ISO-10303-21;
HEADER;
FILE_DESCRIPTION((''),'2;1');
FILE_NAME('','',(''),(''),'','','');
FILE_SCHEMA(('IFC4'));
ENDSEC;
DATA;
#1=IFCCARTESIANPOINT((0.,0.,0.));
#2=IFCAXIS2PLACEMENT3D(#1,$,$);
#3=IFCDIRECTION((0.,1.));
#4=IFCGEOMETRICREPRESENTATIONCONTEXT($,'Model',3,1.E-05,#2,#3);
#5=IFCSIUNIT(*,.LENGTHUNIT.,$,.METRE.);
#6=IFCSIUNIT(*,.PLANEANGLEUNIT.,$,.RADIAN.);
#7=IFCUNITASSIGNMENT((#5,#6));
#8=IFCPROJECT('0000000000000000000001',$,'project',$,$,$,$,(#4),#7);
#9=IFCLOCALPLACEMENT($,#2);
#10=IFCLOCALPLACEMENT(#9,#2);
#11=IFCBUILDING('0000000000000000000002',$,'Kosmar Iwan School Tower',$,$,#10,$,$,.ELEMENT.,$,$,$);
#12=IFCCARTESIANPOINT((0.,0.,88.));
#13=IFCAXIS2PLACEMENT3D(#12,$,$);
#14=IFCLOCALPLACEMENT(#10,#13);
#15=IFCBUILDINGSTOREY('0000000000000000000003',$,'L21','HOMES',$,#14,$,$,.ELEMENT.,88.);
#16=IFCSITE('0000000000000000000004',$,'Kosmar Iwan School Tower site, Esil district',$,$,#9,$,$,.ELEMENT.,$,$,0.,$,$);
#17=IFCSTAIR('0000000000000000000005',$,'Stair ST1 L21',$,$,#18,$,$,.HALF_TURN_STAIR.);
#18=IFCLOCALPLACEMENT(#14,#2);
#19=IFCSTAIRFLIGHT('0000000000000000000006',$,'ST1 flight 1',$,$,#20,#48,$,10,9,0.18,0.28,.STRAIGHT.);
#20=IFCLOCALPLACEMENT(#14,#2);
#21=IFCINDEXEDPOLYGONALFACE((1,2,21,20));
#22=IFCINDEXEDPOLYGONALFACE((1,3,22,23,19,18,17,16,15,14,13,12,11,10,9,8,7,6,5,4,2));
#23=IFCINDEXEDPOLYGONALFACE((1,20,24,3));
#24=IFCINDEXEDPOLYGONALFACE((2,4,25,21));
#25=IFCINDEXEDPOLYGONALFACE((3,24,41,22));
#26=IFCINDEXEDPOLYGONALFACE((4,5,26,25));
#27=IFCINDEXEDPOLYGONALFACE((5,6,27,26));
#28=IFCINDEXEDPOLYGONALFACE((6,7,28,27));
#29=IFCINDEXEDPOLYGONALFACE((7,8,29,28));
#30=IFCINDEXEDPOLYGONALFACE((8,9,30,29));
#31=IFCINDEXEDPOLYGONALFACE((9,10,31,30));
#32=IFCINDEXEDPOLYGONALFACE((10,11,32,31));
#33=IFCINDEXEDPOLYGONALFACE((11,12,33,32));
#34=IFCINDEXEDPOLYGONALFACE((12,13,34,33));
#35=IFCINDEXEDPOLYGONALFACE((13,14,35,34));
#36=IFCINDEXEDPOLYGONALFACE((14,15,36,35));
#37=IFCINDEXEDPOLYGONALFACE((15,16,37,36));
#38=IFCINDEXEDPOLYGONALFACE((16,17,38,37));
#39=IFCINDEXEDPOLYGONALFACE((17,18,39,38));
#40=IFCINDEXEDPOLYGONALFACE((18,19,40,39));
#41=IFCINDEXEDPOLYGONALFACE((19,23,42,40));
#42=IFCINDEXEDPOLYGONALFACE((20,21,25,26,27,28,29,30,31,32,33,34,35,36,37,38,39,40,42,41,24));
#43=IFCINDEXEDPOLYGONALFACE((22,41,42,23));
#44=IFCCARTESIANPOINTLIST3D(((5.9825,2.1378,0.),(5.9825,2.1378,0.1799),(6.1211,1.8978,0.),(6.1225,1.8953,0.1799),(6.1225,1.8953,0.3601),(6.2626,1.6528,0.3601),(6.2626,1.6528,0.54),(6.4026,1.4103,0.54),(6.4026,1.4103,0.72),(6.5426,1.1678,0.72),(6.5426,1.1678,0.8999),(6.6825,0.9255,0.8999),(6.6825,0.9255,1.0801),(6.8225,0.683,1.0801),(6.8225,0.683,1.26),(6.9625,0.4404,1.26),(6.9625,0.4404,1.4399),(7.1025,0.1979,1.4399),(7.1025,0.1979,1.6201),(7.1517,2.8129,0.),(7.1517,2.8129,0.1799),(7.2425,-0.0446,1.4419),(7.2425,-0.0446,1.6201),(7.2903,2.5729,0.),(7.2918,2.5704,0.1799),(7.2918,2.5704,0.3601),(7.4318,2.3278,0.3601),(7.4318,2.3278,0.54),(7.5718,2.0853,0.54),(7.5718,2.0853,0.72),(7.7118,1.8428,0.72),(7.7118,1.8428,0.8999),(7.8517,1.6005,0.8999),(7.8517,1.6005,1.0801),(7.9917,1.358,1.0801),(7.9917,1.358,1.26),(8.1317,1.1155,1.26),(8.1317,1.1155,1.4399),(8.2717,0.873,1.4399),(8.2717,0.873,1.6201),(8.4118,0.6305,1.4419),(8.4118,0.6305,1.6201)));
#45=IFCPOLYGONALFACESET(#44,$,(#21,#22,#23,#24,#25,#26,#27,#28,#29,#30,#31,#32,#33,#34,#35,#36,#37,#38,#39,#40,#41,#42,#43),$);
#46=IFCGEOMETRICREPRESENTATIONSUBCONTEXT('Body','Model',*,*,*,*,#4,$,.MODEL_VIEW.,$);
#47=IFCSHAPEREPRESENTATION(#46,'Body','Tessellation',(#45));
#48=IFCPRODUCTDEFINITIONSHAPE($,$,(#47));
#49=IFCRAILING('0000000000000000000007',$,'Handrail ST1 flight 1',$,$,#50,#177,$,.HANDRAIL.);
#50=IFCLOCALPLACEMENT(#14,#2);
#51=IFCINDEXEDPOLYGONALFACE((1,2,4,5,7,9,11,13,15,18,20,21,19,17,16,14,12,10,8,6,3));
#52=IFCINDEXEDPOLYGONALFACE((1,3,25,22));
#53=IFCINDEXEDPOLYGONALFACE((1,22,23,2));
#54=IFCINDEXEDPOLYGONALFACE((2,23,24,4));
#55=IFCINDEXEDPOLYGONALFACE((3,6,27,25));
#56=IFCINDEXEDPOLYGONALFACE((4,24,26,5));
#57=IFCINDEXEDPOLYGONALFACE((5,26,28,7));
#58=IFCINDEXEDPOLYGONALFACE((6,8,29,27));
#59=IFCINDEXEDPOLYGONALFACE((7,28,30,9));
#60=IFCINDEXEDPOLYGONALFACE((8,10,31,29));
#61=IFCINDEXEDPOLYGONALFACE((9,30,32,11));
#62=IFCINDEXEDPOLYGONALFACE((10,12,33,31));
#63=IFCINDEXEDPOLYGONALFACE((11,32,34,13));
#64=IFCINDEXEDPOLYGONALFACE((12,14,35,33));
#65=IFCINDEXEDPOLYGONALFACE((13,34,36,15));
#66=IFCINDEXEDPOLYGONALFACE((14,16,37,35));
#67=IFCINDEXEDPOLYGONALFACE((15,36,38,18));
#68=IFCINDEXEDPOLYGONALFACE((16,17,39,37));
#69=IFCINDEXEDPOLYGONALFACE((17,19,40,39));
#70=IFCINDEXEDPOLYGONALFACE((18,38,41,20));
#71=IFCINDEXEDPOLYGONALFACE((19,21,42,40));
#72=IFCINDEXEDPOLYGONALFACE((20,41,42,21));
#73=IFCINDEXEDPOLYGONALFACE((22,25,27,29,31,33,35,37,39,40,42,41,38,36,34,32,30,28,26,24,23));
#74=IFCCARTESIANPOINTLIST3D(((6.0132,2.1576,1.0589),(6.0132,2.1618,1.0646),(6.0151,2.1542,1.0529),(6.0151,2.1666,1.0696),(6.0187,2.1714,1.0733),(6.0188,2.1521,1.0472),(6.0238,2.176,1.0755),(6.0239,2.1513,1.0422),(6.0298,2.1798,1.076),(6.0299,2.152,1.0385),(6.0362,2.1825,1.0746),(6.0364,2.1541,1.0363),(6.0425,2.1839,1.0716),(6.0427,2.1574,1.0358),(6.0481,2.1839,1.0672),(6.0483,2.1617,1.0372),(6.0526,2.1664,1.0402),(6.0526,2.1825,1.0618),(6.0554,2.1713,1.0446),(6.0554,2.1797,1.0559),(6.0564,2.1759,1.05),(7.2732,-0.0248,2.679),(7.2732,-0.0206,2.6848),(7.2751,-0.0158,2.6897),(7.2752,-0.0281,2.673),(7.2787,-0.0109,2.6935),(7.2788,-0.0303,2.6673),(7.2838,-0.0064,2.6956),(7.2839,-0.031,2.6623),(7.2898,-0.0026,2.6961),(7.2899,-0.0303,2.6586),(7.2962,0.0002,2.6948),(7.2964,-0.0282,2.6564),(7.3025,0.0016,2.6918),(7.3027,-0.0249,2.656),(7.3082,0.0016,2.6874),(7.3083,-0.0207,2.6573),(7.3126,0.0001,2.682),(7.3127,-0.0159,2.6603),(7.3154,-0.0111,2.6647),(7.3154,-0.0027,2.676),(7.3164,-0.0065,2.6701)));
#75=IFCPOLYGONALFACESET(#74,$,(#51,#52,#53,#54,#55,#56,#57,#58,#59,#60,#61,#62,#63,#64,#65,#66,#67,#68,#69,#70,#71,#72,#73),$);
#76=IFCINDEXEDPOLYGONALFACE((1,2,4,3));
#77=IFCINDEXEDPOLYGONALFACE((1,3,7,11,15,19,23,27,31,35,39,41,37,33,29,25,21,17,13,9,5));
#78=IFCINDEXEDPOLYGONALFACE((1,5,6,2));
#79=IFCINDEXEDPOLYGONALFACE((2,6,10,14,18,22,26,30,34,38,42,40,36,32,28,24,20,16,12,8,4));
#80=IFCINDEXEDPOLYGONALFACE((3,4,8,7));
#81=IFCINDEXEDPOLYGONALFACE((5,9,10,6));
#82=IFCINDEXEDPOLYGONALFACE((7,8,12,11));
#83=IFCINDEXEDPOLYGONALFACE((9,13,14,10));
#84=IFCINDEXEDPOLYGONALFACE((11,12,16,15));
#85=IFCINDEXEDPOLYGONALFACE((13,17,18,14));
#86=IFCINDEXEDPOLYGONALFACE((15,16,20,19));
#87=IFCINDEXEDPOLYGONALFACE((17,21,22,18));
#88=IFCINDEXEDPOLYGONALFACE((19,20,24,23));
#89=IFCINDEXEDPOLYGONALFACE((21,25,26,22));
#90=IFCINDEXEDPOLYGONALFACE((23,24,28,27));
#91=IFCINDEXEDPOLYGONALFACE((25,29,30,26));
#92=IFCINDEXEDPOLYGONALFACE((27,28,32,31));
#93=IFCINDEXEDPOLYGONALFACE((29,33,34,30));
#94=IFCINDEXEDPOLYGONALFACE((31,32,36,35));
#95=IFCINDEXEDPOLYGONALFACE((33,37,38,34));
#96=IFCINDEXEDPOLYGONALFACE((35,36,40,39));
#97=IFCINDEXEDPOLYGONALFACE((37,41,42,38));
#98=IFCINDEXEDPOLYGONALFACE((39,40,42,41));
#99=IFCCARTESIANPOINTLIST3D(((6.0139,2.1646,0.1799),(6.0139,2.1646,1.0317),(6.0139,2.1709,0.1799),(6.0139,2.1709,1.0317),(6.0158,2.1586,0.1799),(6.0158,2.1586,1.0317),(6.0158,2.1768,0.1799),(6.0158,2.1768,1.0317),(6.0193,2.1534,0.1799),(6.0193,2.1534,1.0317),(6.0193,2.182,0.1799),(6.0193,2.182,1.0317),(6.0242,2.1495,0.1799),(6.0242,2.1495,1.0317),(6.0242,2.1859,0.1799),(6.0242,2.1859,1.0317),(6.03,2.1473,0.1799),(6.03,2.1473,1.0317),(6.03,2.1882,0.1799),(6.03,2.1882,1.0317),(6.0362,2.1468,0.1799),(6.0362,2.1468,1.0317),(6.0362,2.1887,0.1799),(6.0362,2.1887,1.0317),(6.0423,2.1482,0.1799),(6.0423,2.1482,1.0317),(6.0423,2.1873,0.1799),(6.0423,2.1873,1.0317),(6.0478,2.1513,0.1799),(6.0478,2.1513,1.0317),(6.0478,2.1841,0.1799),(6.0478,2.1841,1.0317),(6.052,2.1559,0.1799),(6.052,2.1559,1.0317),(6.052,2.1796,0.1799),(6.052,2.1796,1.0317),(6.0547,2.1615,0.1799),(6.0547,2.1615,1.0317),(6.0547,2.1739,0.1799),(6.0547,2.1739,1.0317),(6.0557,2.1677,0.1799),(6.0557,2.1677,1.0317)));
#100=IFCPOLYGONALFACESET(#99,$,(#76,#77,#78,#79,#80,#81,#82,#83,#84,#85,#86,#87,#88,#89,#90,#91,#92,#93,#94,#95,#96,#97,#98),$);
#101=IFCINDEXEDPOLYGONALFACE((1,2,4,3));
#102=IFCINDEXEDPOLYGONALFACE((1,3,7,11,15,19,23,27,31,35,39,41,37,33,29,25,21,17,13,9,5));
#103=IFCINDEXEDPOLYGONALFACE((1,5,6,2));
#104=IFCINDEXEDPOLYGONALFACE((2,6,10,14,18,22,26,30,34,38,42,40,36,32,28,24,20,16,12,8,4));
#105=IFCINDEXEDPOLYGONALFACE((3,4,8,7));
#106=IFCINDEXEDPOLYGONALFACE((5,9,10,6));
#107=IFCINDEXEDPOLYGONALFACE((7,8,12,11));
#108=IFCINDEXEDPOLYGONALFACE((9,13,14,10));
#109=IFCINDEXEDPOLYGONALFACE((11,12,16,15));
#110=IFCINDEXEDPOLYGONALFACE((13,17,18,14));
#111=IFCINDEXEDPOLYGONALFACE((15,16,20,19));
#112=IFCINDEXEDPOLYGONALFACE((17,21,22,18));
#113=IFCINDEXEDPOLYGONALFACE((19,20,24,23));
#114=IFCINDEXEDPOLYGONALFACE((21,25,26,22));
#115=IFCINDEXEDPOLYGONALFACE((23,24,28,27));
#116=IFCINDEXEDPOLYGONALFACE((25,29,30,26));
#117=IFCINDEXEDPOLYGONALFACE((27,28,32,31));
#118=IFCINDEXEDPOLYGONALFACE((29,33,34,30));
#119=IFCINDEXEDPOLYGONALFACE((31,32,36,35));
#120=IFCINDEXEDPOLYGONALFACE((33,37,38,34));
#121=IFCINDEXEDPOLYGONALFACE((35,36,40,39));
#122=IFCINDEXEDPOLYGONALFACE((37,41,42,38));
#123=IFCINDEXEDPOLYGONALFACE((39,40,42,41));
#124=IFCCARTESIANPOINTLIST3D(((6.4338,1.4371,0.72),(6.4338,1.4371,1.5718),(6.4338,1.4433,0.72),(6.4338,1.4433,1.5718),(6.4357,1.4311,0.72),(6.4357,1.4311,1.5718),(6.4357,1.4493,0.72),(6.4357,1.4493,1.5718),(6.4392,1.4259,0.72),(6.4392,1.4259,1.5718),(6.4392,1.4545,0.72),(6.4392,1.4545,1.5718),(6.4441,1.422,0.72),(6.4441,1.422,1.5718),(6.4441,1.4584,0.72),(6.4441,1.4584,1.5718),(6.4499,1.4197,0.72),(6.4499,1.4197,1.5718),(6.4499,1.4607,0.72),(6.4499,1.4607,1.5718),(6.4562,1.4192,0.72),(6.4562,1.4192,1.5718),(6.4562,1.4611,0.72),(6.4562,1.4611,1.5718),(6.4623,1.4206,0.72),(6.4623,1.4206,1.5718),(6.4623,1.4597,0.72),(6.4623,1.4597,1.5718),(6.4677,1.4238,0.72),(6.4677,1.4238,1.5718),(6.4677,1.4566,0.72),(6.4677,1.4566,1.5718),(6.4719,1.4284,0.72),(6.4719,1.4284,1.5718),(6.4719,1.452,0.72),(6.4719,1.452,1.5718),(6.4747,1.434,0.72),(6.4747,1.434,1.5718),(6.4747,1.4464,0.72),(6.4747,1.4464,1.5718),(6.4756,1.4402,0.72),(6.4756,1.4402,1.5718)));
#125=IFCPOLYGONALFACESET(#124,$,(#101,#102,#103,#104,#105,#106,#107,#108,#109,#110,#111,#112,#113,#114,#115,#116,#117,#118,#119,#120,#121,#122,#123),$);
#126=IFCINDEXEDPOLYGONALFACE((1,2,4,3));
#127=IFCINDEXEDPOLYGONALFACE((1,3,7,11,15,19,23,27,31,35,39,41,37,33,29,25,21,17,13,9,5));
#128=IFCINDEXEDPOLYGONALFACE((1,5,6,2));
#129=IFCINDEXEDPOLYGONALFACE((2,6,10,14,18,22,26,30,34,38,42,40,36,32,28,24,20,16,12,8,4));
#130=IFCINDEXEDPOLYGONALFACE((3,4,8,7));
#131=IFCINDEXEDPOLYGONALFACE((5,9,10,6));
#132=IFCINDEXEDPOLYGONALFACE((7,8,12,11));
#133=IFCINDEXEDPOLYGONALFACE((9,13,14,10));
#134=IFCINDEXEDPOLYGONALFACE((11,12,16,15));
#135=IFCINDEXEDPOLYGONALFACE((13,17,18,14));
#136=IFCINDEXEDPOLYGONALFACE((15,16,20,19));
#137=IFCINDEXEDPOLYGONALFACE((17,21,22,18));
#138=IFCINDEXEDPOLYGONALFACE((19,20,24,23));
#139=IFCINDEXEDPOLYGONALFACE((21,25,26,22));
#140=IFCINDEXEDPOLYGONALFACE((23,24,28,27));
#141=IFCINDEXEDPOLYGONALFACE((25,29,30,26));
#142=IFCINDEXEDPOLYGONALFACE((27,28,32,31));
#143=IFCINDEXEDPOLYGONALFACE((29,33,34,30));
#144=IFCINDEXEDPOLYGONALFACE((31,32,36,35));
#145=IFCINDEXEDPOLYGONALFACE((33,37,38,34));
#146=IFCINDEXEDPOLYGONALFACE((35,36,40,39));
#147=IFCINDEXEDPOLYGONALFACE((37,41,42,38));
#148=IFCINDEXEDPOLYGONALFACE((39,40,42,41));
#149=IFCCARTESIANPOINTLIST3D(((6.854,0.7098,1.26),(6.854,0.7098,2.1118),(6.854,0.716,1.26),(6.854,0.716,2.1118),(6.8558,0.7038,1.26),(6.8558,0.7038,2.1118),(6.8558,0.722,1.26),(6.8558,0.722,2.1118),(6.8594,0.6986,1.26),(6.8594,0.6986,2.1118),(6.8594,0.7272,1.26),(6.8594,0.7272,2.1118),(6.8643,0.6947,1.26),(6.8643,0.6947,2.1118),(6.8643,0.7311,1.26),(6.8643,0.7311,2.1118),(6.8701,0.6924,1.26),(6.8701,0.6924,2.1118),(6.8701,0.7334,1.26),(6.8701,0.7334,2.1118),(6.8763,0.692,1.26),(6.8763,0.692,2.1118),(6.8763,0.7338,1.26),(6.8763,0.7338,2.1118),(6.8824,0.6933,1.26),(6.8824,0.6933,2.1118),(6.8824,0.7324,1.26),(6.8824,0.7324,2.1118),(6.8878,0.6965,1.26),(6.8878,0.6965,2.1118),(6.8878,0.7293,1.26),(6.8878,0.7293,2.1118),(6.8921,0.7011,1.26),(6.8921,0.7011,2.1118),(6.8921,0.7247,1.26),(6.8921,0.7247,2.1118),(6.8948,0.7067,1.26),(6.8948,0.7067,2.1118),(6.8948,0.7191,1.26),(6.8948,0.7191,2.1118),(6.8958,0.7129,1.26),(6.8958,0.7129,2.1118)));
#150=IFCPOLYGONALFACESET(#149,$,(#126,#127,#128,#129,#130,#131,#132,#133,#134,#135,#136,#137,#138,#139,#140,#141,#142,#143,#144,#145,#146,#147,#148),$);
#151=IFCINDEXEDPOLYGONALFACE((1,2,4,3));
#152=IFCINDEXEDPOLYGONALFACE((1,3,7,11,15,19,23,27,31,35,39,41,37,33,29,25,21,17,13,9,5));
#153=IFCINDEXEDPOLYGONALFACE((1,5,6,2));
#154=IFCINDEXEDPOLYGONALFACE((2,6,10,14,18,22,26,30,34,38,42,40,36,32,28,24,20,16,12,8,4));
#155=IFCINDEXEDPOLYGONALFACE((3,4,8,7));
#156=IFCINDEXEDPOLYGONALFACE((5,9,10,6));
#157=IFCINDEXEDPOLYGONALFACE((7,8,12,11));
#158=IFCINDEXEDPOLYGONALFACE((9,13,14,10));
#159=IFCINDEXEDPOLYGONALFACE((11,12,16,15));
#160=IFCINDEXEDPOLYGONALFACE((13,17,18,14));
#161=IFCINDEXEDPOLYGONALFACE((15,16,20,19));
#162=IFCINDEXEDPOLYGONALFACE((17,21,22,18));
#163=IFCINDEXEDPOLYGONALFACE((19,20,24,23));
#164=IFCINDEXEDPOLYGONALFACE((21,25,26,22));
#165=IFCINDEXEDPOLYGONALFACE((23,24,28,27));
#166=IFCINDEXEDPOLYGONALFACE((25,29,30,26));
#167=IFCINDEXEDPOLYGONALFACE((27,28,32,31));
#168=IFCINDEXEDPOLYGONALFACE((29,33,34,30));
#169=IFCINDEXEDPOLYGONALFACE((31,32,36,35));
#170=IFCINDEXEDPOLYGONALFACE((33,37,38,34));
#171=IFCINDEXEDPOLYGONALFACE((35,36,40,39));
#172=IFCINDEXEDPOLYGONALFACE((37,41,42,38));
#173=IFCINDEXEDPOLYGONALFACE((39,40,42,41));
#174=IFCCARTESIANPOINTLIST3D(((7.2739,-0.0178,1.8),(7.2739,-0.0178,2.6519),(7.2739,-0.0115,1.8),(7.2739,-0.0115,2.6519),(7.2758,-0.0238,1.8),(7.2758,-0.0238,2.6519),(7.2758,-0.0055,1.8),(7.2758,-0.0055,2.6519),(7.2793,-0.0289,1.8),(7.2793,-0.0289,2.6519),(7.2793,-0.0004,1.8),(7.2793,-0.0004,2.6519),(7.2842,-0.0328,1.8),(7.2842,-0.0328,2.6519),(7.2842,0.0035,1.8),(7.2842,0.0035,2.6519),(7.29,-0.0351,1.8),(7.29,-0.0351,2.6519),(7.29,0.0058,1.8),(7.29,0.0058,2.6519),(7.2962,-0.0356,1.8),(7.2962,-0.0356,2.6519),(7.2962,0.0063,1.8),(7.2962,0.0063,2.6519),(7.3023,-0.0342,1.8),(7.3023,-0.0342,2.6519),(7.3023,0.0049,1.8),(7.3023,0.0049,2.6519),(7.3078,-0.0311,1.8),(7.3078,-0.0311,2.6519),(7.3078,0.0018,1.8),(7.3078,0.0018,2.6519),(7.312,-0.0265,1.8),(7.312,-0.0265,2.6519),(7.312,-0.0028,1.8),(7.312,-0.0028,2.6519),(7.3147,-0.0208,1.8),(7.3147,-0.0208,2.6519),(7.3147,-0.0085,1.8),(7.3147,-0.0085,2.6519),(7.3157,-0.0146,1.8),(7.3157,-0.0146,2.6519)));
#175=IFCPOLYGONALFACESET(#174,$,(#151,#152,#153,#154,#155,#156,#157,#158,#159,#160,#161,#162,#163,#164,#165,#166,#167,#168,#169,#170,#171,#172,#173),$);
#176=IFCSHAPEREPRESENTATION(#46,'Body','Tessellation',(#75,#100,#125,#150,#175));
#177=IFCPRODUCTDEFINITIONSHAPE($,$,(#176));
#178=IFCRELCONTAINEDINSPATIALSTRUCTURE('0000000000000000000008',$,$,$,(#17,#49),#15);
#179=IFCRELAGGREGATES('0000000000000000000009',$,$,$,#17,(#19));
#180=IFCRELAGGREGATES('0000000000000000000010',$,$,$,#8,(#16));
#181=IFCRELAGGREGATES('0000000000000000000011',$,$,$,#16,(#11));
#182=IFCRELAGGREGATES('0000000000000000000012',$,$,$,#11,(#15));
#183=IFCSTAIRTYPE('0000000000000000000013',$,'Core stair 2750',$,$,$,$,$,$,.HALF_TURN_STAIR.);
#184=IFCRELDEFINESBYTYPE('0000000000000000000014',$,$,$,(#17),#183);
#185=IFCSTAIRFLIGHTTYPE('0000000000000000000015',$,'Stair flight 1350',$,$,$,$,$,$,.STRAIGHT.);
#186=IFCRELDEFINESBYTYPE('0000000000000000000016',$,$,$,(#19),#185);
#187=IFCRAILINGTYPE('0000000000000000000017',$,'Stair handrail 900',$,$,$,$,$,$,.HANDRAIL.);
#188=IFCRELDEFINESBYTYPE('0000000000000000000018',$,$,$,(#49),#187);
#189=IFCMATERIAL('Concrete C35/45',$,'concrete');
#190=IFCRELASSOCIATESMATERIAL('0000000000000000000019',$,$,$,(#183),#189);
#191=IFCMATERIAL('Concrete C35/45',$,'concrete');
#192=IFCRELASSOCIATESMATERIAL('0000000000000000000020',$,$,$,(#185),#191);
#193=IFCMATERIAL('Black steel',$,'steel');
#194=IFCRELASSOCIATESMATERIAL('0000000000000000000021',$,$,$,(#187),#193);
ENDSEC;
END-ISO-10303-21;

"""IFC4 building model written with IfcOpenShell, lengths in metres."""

from ifc_helpers import new_model, si_unit, direction, frame, origin, origin_2d, place, context, subcontext, project, spatial, polyline, circle, outline, extrude, material, type_object, element, aggregate, save


model = new_model("IFC4")

# Units and contexts
model_context = context("Model", 3, precision=1e-05, world=origin(), true_north=direction((0.0, 1.0)))
body_context = subcontext(model_context, "Body", "Model", "MODEL_VIEW")
ifc_project = project(units=[si_unit("LENGTHUNIT", "METRE"), si_unit("PLANEANGLEUNIT", "RADIAN")], contexts=[model_context])

# Site, building, storey
site_placement = place(None, origin())
site = spatial("IfcSite", under=ifc_project, at=site_placement, Name="Kosmar Iwan School Tower site, Esil district", CompositionType="ELEMENT", RefElevation=0.0)
building_placement = place(site_placement, origin())
building = spatial("IfcBuilding", under=site, at=building_placement, Name="Kosmar Iwan School Tower", CompositionType="ELEMENT")
storey_placement = place(building_placement, frame((0.0, 0.0, 88.0)))
storey = spatial("IfcBuildingStorey", under=building, at=storey_placement, Name="L21", Description="HOMES", CompositionType="ELEMENT", Elevation=88.0)

# Stair, stair flight
ifc_material_1 = material(Name="Concrete C35/45", Category="concrete")
stair_type_1 = type_object("IfcStairType", Name="Core stair 2750", PredefinedType="HALF_TURN_STAIR", material=ifc_material_1)
stair_1_placement = place(storey_placement, origin())
stair_1 = element("IfcStair", 1, at=stair_1_placement, inside=storey, type_object=stair_type_1, Name="Stair ST1 L21", PredefinedType="HALF_TURN_STAIR")
ifc_material_2 = material(Name="Concrete C35/45", Category="concrete")
stair_flight_type = type_object("IfcStairFlightType", Name="Stair flight 1350", PredefinedType="STRAIGHT", material=ifc_material_2)
stair_flight_placement = place(storey_placement, frame((6.5671, 2.4753, 0.0), z_axis=(0.0, 0.0, 1.0), x_axis=(0.5, -0.866025, 0.0)))
stair_flight = element("IfcStairFlight", 2, at=stair_flight_placement, type_object=stair_flight_type, Name="ST1 flight 1", NumberOfRisers=10, NumberOfTreads=9, PredefinedType="STRAIGHT", RiserHeight=0.18, TreadLength=0.28, context=body_context, shape_type="SweptSolid", body=[
    extrude(outline(polyline([(0.0, 0.0), (0.0, 0.1799), (0.28, 0.1799), (0.28, 0.3601), (0.5601, 0.3601), (0.5601, 0.54), (0.8401, 0.54), (0.8401, 0.72), (1.1201, 0.72), (1.1201, 0.8999), (1.3999, 0.8999), (1.3999, 1.0801), (1.6799, 1.0801), (1.6799, 1.26), (1.96, 1.26), (1.96, 1.4399), (2.24, 1.4399), (2.24, 1.6201), (2.52, 1.6201), (2.52, 1.8), (2.52, 1.4419), (0.2771, 0.0), (0.0, 0.0)])), frame((0.0, 0.675, 0.0), z_axis=(0.0, -1.0, 0.0), x_axis=(1.0, 0.0, 0.0)), (0.0, 0.0, 1.0), 1.3501),
])
aggregate(stair_1, [stair_flight])

# Railing
ifc_material_3 = material(Name="Black steel", Category="steel")
railing_type = type_object("IfcRailingType", Name="Stair handrail 900", PredefinedType="HANDRAIL", material=ifc_material_3)
railing_placement = place(storey_placement, frame((6.0347, 2.1677, 0.1799)))
element("IfcRailing", 3, at=railing_placement, inside=storey, type_object=railing_type, Name="Handrail ST1 flight 1", PredefinedType="HANDRAIL", context=body_context, shape_type="SweptSolid", body=[
    extrude(circle(Radius=0.0239, at=origin_2d()), frame((0.0, 0.0, 0.876), z_axis=(0.420584, -0.728464, 0.540786), x_axis=(0.866023, 0.500005, 0.0)), (0.0, 0.0, 1.0), 2.9958),
    extrude(circle(Radius=0.021, at=origin_2d()), origin(), (0.0, 0.0, 1.0), 0.8518),
    extrude(circle(Radius=0.021, at=origin_2d()), frame((0.4199, -0.7275, 0.54)), (0.0, 0.0, 1.0), 0.8518),
    extrude(circle(Radius=0.021, at=origin_2d()), frame((0.8401, -1.4548, 1.0801)), (0.0, 0.0, 1.0), 0.8518),
    extrude(circle(Radius=0.021, at=origin_2d()), frame((1.26, -2.1824, 1.6201)), (0.0, 0.0, 1.0), 0.8518),
])

save(model, "model.ifc")
